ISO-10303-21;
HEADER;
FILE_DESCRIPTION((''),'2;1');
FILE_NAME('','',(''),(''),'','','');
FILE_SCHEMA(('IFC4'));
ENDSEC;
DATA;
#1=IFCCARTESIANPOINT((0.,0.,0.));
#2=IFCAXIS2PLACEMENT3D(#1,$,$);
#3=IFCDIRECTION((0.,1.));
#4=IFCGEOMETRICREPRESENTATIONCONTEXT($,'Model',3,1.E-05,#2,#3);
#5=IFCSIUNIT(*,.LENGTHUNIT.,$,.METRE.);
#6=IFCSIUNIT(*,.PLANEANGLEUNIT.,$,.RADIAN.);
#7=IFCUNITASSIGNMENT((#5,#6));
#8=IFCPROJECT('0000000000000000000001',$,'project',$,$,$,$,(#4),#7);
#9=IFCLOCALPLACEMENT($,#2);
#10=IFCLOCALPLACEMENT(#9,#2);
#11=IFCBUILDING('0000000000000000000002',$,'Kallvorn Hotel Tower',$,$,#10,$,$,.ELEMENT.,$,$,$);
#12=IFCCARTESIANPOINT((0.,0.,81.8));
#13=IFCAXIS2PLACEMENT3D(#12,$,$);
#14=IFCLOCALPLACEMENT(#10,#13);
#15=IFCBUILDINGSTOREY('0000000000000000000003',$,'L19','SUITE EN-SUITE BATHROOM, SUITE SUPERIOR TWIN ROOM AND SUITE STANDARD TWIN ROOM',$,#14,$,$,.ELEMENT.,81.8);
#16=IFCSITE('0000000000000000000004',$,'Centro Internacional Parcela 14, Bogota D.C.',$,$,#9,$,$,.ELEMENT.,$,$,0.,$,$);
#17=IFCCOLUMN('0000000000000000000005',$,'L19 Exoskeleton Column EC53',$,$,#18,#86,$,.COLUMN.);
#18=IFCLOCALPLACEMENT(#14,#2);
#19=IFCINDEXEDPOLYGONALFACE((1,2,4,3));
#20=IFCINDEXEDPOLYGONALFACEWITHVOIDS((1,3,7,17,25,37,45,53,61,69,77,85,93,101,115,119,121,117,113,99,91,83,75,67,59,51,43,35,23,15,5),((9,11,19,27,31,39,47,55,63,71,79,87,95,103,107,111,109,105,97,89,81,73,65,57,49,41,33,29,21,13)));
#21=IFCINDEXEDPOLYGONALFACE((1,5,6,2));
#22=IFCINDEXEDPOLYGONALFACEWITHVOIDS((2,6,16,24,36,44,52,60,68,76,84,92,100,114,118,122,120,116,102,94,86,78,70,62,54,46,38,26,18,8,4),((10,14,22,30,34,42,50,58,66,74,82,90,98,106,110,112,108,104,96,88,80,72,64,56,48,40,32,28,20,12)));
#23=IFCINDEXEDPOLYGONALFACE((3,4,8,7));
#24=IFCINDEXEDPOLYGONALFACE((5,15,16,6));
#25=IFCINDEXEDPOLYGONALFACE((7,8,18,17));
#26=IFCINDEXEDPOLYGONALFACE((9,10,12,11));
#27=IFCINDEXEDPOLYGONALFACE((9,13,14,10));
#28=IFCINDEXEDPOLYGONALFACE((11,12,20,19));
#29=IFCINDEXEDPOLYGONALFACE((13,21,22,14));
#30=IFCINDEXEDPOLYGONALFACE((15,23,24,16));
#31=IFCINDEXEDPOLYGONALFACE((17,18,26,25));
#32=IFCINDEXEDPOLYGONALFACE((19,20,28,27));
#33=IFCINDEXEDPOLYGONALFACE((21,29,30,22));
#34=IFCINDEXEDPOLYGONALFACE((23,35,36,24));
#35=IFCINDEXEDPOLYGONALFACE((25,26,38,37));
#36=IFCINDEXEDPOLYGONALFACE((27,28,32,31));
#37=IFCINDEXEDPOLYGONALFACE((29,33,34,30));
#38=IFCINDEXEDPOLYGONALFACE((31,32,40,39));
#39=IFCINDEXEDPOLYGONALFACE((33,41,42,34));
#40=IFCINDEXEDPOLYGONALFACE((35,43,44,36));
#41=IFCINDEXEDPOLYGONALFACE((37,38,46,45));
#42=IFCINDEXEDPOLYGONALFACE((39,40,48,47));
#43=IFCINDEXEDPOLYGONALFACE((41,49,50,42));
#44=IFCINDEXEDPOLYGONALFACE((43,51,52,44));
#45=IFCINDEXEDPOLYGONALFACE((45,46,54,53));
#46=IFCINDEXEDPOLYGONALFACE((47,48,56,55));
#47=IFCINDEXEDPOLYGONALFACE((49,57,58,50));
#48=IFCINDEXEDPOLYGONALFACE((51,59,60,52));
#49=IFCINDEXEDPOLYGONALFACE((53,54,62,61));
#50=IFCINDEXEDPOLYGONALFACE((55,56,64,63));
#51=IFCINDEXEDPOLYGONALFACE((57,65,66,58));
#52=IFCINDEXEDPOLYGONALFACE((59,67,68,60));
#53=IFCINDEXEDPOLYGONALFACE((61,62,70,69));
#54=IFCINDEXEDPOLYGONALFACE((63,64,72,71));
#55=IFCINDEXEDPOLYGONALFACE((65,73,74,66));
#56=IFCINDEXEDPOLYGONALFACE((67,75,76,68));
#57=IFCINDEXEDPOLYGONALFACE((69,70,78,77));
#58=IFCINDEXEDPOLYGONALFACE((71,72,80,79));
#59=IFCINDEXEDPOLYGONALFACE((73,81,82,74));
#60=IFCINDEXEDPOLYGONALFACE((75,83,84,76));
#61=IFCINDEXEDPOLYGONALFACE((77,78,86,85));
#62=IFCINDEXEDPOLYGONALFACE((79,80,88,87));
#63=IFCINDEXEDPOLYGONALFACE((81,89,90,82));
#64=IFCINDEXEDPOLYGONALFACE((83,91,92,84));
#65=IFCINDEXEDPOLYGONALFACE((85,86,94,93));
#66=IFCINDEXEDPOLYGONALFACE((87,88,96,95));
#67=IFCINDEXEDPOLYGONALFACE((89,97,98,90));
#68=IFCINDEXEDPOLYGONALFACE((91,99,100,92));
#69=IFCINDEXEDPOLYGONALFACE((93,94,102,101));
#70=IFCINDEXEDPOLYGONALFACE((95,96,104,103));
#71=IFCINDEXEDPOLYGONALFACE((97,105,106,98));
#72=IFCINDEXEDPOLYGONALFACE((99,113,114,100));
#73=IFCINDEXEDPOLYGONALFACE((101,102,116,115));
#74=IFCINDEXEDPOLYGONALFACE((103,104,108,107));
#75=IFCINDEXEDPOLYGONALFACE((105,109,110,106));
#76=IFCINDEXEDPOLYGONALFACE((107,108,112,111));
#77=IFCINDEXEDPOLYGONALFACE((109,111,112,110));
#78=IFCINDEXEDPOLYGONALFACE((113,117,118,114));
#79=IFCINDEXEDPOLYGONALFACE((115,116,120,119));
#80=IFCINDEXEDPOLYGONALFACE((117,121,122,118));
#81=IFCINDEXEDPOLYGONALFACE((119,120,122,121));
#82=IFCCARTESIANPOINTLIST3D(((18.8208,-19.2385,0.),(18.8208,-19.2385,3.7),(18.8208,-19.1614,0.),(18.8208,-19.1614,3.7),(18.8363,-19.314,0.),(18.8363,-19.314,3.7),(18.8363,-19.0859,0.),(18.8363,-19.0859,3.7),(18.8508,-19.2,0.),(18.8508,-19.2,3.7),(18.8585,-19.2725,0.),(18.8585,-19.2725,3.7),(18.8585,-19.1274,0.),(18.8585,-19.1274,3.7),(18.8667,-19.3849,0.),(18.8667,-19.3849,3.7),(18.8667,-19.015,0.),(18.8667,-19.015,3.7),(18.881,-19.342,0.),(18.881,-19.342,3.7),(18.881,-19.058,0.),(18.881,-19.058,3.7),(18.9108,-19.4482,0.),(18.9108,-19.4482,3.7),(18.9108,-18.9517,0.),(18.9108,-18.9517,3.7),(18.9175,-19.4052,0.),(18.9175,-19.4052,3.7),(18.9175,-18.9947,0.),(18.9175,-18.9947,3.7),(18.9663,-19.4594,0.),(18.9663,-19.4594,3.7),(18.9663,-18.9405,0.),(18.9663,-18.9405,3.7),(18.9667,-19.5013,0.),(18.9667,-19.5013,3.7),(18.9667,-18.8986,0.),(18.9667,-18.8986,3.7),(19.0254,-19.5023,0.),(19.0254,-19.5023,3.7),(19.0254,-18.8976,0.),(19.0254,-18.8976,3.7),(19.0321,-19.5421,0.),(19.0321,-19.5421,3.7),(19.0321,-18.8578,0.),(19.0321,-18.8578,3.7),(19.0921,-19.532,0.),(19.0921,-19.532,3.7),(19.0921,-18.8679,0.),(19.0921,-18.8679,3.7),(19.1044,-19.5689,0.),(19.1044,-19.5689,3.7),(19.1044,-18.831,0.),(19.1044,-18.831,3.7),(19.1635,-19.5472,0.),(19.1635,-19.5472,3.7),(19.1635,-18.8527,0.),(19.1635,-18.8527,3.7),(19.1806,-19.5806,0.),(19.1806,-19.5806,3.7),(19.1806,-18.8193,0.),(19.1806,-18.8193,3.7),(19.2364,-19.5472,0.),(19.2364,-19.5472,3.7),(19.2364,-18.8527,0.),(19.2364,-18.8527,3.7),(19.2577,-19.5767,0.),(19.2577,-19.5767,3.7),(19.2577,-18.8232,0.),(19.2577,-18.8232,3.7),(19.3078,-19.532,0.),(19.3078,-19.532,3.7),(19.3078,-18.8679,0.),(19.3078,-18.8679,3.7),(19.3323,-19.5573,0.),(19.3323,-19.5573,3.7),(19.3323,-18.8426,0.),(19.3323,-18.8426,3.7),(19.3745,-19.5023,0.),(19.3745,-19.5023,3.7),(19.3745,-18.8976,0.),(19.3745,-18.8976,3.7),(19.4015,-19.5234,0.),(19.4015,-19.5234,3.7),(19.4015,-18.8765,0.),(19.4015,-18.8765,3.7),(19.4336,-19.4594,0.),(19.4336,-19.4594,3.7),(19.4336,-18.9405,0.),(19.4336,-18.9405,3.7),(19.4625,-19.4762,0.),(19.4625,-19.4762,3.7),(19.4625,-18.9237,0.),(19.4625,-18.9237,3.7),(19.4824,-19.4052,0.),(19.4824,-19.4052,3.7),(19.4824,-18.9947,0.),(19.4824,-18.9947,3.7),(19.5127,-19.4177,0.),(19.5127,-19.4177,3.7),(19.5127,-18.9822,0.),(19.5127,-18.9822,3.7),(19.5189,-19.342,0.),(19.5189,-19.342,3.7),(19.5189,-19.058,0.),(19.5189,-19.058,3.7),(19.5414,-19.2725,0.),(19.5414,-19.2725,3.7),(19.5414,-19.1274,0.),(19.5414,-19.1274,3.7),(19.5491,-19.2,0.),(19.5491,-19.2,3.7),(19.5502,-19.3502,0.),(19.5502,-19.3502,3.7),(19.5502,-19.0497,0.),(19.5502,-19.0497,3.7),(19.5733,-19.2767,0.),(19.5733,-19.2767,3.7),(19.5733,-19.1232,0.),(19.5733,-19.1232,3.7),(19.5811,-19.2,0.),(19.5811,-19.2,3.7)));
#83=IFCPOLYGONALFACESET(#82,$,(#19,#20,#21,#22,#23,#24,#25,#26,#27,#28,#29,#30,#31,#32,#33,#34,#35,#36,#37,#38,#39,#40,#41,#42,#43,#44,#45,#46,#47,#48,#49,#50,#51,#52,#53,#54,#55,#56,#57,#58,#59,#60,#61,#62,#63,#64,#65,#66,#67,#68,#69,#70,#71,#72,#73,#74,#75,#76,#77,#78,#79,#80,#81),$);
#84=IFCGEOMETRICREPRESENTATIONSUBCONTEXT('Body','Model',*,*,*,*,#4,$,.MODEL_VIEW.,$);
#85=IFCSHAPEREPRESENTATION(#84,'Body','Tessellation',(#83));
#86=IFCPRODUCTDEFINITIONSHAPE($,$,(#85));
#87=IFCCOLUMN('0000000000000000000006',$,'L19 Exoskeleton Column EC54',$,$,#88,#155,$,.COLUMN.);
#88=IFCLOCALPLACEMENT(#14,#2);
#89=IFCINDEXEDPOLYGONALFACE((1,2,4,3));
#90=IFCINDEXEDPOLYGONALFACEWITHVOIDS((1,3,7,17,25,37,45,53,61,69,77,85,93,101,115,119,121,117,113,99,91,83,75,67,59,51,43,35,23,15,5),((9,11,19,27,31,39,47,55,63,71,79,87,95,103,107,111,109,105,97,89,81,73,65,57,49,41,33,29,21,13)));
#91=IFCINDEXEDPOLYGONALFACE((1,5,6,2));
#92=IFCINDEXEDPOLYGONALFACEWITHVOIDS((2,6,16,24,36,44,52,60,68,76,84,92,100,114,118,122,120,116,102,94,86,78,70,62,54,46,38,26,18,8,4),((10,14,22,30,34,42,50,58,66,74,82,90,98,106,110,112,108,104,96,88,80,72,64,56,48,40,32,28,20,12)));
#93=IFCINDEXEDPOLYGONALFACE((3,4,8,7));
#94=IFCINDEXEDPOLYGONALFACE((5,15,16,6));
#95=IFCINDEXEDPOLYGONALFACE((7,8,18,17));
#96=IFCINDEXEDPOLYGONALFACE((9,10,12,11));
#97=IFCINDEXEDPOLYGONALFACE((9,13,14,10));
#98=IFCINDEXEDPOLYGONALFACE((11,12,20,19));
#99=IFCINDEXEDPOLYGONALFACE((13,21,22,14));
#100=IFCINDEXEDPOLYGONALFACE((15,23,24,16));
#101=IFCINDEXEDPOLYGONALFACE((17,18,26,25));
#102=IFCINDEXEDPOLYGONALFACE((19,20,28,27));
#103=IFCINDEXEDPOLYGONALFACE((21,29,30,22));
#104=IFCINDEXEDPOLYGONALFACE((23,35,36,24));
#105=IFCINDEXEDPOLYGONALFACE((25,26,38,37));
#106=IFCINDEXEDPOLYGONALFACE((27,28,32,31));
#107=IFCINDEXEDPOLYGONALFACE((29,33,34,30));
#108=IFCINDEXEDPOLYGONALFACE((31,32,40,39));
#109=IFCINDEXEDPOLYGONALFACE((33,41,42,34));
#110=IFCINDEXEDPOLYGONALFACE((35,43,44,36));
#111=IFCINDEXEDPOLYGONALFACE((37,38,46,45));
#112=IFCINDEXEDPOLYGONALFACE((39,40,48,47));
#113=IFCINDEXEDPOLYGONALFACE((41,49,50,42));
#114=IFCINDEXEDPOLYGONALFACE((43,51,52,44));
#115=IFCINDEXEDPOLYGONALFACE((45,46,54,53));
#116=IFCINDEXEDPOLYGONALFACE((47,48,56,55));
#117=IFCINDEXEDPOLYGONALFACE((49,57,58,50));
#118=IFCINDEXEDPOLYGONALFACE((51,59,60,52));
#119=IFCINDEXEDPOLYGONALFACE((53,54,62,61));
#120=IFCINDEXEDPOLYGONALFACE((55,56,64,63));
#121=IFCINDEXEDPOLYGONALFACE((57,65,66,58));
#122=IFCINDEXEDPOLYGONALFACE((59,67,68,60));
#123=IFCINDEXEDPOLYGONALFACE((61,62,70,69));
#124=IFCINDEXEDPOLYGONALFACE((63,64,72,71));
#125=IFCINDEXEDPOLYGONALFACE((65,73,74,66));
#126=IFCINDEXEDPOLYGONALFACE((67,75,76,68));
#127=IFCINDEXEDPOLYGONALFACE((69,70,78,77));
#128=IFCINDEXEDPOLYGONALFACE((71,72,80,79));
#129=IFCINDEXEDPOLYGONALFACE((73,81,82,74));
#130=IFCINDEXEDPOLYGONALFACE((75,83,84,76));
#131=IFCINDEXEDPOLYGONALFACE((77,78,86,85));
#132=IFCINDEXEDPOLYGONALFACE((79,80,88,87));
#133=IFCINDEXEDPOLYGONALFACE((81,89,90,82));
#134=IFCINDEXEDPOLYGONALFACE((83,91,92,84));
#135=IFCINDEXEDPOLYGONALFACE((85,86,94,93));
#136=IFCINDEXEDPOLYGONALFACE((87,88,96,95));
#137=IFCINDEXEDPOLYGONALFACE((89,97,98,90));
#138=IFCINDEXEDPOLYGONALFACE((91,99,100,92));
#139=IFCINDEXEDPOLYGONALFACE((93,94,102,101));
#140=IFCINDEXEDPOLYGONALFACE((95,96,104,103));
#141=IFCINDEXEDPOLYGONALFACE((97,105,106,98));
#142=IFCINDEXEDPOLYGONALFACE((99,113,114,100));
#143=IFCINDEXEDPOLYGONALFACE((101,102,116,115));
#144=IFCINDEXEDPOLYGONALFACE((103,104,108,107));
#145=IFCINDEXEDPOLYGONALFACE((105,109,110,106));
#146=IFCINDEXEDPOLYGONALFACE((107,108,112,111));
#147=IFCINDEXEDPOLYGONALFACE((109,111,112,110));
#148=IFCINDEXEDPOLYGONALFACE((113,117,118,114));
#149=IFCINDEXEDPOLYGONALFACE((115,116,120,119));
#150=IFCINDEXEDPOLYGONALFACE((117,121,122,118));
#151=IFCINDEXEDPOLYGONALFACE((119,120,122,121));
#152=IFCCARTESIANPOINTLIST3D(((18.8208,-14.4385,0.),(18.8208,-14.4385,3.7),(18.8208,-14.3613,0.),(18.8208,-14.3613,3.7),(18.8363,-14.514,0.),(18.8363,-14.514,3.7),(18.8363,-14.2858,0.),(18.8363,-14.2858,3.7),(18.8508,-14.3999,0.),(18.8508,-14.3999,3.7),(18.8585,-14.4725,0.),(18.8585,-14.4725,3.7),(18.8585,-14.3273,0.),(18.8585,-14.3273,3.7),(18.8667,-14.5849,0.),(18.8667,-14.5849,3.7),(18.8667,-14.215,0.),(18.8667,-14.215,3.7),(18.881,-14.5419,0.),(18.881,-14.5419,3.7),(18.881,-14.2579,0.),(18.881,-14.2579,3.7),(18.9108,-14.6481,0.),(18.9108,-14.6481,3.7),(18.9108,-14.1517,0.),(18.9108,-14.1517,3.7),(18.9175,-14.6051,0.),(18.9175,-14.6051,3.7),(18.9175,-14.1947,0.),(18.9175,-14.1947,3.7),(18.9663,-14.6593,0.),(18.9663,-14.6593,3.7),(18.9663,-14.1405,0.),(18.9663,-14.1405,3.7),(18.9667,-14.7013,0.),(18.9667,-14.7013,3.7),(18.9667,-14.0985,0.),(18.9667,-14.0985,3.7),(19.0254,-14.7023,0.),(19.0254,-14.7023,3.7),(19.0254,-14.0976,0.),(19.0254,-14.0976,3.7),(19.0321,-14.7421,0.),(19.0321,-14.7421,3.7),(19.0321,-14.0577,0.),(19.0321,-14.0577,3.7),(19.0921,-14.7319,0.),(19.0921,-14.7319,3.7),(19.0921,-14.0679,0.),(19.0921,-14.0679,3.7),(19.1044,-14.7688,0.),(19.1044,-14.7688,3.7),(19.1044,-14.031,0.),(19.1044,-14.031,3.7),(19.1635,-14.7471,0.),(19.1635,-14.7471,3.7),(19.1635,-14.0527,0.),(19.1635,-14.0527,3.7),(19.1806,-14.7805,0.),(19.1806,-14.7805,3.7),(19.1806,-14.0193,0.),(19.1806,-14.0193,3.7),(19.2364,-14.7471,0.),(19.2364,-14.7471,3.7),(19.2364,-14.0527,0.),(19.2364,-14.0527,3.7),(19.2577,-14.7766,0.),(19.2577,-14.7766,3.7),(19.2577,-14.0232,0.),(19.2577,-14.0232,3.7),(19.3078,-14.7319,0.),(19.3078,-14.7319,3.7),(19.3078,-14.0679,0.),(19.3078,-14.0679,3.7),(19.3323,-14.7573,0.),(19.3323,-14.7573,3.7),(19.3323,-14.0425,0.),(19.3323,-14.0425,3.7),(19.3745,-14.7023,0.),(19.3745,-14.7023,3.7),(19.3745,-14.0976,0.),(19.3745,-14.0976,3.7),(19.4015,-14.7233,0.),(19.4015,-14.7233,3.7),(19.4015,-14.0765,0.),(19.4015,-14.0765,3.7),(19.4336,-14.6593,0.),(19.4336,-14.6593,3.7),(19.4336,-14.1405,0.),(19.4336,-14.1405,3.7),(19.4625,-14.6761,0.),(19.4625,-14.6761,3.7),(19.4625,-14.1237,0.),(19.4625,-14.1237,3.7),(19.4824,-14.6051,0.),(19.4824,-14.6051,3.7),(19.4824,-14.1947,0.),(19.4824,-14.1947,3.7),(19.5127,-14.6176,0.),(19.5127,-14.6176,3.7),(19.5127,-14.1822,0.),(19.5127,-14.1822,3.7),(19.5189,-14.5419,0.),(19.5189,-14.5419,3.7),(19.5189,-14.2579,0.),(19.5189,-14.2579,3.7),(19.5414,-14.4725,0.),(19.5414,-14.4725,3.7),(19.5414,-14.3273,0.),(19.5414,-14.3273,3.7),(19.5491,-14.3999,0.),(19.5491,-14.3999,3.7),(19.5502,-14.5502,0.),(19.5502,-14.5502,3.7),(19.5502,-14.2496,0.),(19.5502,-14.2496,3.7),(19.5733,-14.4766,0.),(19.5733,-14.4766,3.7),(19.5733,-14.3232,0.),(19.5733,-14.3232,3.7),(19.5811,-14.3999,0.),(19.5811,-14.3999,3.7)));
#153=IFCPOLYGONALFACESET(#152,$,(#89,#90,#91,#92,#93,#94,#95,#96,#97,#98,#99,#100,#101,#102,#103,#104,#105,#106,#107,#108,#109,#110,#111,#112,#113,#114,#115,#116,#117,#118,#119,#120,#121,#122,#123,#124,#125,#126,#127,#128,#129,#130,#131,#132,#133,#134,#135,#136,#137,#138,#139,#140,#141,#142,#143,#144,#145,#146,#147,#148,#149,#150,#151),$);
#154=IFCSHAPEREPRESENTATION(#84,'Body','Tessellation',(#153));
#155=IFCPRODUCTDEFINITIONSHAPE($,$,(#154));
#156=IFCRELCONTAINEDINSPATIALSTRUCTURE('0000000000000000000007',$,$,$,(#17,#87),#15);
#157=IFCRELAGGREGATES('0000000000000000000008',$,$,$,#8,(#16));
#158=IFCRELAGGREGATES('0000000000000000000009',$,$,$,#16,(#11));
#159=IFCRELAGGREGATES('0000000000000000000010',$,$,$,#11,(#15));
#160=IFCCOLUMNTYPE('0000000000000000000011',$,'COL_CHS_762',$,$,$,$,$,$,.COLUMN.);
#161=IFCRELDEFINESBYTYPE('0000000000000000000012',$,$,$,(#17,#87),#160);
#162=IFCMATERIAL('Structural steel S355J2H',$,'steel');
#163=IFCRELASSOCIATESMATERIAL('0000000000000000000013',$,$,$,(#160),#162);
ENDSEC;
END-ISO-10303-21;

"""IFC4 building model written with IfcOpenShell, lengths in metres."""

from ifc_helpers import new_model, si_unit, direction, frame, origin, origin_2d, place, context, subcontext, project, spatial, hollow_circle, extrude, material, material_profile, profile_set, type_object, element, save


model = new_model("IFC4")

# Units and contexts
model_context = context("Model", 3, precision=1e-05, world=origin(), true_north=direction((0.0, 1.0)))
body_context = subcontext(model_context, "Body", "Model", "MODEL_VIEW")
ifc_project = project(units=[si_unit("LENGTHUNIT", "METRE"), si_unit("PLANEANGLEUNIT", "RADIAN")], contexts=[model_context])

# Site, building, storey
site_placement = place(None, origin())
site = spatial("IfcSite", under=ifc_project, at=site_placement, Name="Centro Internacional Parcela 14, Bogota D.C.", CompositionType="ELEMENT", RefElevation=0.0)
building_placement = place(site_placement, origin())
building = spatial("IfcBuilding", under=site, at=building_placement, Name="Kallvorn Hotel Tower", CompositionType="ELEMENT")
storey_placement = place(building_placement, frame((0.0, 0.0, 81.8)))
storey = spatial("IfcBuildingStorey", under=building, at=storey_placement, Name="L19", Description="SUITE EN-SUITE BATHROOM, SUITE SUPERIOR TWIN ROOM AND SUITE STANDARD TWIN ROOM", CompositionType="ELEMENT", Elevation=81.8)

# Columns
ifc_material_1 = material(Name="Structural steel S355J2H", Category="steel")
ifc_material_profile_1 = material_profile(ifc_material_1, hollow_circle(Radius=0.3811, WallThickness=0.032, at=origin_2d()), Name="CHS 762x32")
ifc_profile_set_1 = profile_set([ifc_material_profile_1], Name="Structural steel S355J2H")
column_type = type_object("IfcColumnType", Name="COL_CHS_762", PredefinedType="COLUMN", material=ifc_profile_set_1)
for number, where, z_axis, x_axis, name in (
    (1, (19.2, -19.2, 0.0), (0.0, 0.0, 1.0), (1.0, 0.0, 0.0), "L19 Exoskeleton Column EC53"),
    (2, (19.2, -14.3999, 0.0), (0.0, 0.0, 1.0), (1.0, 0.0, 0.0), "L19 Exoskeleton Column EC54"),
):
    element("IfcColumn", number, at=place(storey_placement, frame(where, z_axis=z_axis, x_axis=x_axis)), inside=storey, type_object=column_type, Name=name, PredefinedType="COLUMN", context=body_context, shape_type="SweptSolid", body=[
        extrude(hollow_circle(Radius=0.3811, WallThickness=0.032, at=origin_2d()), origin(), (0.0, 0.0, 1.0), 3.7),
    ])

save(model, "model.ifc")
